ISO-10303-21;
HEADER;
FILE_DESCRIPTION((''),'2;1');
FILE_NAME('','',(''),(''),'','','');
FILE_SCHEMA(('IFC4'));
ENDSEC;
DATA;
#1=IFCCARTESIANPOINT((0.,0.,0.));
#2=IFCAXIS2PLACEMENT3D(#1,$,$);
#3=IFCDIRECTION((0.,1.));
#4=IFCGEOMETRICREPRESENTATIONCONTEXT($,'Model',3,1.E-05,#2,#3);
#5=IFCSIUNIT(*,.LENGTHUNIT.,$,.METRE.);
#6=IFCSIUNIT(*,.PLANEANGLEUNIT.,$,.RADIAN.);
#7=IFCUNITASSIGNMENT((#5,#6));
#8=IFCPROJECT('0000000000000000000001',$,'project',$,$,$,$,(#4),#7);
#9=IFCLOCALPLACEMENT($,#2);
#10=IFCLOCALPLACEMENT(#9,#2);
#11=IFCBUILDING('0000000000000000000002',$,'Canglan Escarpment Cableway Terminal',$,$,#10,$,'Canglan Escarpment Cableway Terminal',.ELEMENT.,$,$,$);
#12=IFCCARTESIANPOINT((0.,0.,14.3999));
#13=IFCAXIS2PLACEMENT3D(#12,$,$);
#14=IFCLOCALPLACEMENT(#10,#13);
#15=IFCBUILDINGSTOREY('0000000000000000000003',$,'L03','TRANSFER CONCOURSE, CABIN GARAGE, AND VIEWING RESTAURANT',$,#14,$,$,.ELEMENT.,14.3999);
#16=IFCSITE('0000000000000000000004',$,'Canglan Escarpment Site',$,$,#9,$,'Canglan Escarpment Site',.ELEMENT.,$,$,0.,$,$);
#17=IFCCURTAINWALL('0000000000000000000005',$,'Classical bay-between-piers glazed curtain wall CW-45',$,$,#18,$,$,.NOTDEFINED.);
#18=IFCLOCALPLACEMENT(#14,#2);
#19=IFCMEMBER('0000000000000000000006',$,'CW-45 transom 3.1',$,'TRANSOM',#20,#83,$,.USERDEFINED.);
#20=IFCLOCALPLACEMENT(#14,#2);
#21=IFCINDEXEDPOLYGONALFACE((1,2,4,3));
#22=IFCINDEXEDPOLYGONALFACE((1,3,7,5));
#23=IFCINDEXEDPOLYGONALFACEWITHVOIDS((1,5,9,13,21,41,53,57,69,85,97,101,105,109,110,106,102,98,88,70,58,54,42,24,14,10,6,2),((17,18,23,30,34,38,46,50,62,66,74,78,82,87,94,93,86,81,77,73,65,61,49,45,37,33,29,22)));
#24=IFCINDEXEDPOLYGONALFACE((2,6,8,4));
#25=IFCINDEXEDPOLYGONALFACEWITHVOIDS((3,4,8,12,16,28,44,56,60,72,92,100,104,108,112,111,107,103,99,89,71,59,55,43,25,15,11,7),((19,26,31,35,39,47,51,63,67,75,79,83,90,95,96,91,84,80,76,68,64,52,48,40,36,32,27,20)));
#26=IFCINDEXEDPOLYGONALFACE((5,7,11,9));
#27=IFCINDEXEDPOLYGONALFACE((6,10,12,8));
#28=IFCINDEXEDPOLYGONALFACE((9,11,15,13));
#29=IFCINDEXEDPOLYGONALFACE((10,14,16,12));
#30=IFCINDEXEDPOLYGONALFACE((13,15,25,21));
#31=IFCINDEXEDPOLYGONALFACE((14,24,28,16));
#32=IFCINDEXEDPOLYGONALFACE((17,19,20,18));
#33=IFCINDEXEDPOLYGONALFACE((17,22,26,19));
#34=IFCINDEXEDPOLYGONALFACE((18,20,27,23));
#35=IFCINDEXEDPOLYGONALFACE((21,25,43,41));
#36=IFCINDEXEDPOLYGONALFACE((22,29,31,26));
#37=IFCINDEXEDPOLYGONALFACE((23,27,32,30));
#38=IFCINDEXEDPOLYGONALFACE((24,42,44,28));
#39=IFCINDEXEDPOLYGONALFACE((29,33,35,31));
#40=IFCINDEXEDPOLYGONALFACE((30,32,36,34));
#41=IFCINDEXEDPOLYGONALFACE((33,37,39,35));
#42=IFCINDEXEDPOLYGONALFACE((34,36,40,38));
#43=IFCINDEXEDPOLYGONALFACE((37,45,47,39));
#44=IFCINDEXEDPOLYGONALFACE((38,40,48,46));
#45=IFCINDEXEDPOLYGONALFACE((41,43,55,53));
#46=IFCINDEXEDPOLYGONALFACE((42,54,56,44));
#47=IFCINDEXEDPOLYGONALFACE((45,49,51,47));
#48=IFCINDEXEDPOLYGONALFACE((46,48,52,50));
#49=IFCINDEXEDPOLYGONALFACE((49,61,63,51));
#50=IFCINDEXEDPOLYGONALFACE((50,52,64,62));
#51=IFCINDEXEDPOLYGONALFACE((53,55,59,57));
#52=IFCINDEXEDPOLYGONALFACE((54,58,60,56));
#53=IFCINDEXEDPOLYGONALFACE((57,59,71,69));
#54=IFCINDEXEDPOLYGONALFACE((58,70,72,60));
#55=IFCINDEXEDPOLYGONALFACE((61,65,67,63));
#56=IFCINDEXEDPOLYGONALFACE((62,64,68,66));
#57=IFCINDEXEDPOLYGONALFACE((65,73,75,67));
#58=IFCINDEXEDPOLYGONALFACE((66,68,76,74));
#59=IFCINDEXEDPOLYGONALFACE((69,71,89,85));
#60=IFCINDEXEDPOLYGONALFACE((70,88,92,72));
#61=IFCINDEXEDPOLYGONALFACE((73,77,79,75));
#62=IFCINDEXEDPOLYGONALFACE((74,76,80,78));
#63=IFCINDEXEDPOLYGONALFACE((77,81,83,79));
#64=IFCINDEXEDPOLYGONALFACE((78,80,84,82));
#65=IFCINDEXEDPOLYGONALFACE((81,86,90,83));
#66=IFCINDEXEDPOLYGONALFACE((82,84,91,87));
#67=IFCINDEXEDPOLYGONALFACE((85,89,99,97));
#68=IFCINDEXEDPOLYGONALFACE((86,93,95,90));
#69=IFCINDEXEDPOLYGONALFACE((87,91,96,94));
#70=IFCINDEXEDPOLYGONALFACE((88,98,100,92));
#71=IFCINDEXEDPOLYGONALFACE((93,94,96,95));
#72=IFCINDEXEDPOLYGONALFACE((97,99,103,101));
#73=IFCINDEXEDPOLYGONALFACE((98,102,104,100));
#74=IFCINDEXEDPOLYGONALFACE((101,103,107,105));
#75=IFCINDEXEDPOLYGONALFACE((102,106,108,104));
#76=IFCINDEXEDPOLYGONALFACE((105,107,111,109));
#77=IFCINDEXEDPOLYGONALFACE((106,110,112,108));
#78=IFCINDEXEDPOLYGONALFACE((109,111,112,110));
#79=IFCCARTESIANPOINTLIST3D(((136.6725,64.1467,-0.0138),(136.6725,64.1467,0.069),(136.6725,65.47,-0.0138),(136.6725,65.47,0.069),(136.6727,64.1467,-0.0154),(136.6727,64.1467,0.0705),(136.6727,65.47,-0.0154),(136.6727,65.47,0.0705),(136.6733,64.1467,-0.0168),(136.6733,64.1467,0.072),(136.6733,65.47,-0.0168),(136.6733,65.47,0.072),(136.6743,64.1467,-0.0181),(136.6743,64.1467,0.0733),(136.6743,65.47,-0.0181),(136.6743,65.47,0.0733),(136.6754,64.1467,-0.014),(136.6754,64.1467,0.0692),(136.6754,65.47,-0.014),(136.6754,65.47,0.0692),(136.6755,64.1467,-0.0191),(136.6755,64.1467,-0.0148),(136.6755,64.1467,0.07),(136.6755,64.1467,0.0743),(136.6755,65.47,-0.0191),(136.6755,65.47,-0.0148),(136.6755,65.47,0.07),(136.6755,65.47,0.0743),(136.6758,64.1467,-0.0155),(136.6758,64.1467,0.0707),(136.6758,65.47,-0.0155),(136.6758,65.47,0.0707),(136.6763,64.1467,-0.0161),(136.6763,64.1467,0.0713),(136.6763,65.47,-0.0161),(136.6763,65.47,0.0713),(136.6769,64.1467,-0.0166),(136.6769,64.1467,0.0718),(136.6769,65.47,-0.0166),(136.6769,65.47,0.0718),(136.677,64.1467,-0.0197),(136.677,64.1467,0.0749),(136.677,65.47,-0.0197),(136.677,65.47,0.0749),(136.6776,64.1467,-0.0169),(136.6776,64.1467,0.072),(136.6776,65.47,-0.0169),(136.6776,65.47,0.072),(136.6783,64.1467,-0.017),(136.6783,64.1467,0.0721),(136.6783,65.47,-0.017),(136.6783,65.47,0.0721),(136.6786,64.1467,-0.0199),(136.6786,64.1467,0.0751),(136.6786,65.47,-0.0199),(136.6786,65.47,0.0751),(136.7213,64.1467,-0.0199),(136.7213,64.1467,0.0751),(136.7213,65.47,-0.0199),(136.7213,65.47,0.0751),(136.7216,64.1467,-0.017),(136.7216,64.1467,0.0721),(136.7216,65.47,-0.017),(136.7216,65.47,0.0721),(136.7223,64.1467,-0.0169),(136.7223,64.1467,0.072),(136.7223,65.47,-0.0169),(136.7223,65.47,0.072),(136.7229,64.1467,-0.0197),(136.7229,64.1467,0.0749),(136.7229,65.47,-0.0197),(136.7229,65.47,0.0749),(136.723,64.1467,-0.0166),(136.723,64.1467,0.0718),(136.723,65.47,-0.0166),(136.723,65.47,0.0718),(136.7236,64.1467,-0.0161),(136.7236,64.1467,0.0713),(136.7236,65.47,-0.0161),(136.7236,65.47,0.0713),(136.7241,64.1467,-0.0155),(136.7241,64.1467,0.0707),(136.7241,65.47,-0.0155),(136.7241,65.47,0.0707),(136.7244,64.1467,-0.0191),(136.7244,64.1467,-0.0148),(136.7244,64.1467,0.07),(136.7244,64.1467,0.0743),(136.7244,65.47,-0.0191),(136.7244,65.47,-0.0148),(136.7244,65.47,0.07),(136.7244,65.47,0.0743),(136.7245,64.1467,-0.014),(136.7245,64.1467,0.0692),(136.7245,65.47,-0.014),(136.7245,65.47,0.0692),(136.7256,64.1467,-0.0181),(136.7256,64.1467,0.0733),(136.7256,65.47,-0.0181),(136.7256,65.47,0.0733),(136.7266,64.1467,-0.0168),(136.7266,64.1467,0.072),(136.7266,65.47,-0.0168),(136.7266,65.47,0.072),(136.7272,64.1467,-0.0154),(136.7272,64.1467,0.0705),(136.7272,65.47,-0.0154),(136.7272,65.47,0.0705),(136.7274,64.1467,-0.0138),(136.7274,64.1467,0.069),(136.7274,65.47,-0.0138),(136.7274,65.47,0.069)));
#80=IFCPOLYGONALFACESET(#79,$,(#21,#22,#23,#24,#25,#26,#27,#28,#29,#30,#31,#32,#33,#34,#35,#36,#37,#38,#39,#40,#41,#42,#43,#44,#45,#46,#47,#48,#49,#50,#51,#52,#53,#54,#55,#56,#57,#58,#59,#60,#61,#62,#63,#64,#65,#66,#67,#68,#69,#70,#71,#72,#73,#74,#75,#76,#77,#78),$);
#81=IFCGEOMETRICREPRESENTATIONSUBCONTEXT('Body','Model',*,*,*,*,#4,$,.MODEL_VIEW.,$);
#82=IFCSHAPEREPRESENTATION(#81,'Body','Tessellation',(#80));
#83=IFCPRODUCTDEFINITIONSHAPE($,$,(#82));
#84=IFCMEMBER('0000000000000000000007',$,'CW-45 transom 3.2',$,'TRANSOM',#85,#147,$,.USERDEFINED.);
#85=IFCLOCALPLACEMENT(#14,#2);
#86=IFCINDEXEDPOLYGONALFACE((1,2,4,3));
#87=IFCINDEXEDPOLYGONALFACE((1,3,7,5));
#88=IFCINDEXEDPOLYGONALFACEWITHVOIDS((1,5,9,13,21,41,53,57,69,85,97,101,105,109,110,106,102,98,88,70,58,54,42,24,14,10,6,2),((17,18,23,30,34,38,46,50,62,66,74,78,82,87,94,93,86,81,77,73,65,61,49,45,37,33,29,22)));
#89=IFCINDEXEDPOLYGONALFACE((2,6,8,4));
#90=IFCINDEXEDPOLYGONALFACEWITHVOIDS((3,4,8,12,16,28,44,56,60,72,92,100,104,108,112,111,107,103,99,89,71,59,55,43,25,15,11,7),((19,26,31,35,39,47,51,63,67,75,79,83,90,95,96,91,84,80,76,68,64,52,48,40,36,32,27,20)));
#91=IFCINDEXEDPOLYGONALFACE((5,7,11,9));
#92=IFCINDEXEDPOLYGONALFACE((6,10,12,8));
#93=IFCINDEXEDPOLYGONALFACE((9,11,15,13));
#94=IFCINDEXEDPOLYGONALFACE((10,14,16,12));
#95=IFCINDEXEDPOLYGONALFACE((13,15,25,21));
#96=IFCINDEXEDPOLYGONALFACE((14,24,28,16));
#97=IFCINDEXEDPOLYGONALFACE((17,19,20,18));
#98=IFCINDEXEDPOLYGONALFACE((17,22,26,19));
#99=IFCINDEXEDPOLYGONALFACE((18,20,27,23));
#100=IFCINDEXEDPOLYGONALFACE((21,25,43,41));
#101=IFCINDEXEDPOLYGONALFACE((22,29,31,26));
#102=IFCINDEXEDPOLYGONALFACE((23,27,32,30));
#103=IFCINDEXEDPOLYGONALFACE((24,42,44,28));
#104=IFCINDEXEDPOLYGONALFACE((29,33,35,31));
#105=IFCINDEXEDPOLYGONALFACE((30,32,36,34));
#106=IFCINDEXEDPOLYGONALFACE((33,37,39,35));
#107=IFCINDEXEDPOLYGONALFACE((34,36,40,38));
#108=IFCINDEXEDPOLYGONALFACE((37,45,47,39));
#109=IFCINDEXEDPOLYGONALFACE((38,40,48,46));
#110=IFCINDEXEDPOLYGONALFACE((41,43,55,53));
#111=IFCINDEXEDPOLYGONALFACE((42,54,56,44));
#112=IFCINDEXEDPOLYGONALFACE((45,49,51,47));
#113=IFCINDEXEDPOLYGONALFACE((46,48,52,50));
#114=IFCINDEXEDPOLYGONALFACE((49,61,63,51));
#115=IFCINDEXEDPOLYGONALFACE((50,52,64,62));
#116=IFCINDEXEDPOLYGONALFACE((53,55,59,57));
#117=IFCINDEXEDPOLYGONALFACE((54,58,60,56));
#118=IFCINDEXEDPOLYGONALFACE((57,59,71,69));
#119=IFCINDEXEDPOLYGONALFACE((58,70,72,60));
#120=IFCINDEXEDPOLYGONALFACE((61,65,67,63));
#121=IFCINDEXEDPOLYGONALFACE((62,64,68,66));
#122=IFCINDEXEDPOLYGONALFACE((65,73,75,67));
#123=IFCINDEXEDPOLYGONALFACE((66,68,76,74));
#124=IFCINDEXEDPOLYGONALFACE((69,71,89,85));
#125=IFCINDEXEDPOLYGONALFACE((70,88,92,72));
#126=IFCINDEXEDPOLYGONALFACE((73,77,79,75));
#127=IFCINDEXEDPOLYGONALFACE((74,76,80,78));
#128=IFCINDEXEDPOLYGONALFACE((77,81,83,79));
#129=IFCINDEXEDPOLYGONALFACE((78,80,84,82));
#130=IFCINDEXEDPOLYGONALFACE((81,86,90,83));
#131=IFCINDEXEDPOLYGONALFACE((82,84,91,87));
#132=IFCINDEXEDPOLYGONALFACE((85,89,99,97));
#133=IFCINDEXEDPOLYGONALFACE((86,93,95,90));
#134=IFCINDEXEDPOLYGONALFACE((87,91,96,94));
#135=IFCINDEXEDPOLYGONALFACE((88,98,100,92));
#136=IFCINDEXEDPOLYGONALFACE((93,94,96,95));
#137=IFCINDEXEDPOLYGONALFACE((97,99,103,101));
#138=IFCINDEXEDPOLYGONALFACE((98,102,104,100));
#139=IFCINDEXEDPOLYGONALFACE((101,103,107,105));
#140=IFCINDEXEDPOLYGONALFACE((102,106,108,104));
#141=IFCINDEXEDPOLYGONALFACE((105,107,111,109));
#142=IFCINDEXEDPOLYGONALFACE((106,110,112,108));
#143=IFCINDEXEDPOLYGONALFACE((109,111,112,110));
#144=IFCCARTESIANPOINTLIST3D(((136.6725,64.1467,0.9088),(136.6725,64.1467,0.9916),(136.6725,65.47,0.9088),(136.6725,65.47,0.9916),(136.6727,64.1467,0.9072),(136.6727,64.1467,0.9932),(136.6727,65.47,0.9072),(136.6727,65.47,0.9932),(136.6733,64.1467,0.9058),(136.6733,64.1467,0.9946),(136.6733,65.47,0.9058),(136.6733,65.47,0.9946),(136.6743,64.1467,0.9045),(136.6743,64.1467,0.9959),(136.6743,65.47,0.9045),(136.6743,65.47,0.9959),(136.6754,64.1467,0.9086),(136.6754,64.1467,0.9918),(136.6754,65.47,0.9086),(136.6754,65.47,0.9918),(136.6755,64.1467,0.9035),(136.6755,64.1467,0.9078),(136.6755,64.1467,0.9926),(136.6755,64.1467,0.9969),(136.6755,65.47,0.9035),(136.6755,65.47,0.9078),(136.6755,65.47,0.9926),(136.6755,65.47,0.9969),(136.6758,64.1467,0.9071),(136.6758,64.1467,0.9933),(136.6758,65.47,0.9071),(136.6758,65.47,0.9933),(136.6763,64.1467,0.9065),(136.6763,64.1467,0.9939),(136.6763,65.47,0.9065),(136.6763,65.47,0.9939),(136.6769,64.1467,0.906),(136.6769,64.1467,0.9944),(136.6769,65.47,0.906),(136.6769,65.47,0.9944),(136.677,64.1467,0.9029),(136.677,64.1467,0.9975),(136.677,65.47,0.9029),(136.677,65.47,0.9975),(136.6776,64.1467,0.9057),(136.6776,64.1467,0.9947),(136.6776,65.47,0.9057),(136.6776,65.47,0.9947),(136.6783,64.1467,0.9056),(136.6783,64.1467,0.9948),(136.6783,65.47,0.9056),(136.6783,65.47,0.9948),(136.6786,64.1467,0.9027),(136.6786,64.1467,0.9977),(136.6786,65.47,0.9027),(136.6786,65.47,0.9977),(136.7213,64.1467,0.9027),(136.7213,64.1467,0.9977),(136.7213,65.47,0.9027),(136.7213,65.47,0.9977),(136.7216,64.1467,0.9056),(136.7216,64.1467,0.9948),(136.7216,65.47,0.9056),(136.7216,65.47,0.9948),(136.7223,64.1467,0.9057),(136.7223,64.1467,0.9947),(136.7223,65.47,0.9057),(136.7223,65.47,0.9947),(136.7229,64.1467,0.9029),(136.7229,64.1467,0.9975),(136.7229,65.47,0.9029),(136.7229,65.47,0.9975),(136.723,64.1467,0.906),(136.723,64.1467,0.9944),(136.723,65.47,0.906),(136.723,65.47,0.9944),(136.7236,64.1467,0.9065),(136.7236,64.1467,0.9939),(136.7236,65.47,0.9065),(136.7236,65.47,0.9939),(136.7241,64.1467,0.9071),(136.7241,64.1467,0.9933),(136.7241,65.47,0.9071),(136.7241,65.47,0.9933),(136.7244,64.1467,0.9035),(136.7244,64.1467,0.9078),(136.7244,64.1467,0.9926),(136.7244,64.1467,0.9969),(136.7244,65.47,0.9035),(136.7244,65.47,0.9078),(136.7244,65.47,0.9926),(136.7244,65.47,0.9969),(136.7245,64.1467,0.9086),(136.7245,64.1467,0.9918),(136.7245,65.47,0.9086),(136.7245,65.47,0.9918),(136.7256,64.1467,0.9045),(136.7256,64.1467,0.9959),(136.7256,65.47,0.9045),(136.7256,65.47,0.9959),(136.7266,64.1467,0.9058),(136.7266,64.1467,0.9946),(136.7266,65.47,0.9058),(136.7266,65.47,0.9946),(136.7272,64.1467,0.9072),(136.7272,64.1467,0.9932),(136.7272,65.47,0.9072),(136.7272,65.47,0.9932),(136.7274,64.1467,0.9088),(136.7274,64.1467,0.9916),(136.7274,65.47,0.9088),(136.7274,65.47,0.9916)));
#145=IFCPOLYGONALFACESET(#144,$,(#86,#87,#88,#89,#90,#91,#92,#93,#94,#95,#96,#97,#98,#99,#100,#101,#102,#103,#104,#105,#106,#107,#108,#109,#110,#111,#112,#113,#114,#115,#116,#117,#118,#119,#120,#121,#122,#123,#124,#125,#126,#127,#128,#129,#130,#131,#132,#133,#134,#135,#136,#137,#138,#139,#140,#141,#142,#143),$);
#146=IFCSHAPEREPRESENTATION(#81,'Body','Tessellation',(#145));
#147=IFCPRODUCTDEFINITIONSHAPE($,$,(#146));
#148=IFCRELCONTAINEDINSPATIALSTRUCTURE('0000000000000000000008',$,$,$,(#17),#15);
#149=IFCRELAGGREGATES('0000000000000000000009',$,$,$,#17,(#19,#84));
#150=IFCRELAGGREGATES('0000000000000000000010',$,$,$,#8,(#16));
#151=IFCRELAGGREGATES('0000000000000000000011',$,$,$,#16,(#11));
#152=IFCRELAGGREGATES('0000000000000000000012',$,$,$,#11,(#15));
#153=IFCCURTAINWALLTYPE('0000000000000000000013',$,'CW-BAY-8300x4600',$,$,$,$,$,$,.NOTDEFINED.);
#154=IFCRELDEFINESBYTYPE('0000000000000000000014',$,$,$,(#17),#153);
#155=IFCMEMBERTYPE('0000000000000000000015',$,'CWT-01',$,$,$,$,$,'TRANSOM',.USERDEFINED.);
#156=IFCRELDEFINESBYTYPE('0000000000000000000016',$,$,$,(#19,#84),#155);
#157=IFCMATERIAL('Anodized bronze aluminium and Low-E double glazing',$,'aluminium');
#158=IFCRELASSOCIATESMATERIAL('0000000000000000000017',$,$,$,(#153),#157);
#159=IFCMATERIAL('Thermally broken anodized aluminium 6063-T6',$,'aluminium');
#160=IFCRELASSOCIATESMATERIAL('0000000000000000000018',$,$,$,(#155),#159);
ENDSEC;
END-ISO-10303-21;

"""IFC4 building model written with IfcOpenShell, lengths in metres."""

from ifc_helpers import new_model, si_unit, direction, frame, origin, origin_2d, place, context, subcontext, project, spatial, hollow_rectangle, extrude, material, material_profile, profile_set, type_object, element, aggregate, save


model = new_model("IFC4")

# Units and contexts
model_context = context("Model", 3, precision=1e-05, world=origin(), true_north=direction((0.0, 1.0)))
body_context = subcontext(model_context, "Body", "Model", "MODEL_VIEW")
ifc_project = project(units=[si_unit("LENGTHUNIT", "METRE"), si_unit("PLANEANGLEUNIT", "RADIAN")], contexts=[model_context])

# Site, building, storey
site_placement = place(None, origin())
site = spatial("IfcSite", under=ifc_project, at=site_placement, Name="Canglan Escarpment Site", LongName="Canglan Escarpment Site", CompositionType="ELEMENT", RefElevation=0.0)
building_placement = place(site_placement, origin())
building = spatial("IfcBuilding", under=site, at=building_placement, Name="Canglan Escarpment Cableway Terminal", LongName="Canglan Escarpment Cableway Terminal", CompositionType="ELEMENT")
storey_placement = place(building_placement, frame((0.0, 0.0, 14.3999)))
storey = spatial("IfcBuildingStorey", under=building, at=storey_placement, Name="L03", Description="TRANSFER CONCOURSE, CABIN GARAGE, AND VIEWING RESTAURANT", CompositionType="ELEMENT", Elevation=14.3999)

# Curtain wall, members
ifc_material_1 = material(Name="Anodized bronze aluminium and Low-E double glazing", Category="aluminium")
curtain_wall_type = type_object("IfcCurtainWallType", Name="CW-BAY-8300x4600", PredefinedType="NOTDEFINED", material=ifc_material_1)
curtain_wall_placement = place(storey_placement, origin())
curtain_wall = element("IfcCurtainWall", 1, at=curtain_wall_placement, inside=storey, type_object=curtain_wall_type, Name="Classical bay-between-piers glazed curtain wall CW-45", PredefinedType="NOTDEFINED")
ifc_material_2 = material(Name="Thermally broken anodized aluminium 6063-T6", Category="aluminium")
ifc_material_profile_1 = material_profile(ifc_material_2, hollow_rectangle(XDim=0.0549, YDim=0.095, WallThickness=0.0029, InnerFilletRadius=0.0029, OuterFilletRadius=0.0061, at=origin_2d()), Name="ALU-TRAN 55x95x3")
ifc_profile_set_1 = profile_set([ifc_material_profile_1], Name="Thermally broken anodized aluminium 6063-T6")
member_type_1 = type_object("IfcMemberType", Name="CWT-01", ElementType="TRANSOM", PredefinedType="USERDEFINED", material=ifc_profile_set_1)
member_1_placement = place(storey_placement, frame((136.7, 64.1467, 0.0276), z_axis=(0.0, 1.0, 0.0), x_axis=(-1.0, 0.0, 0.0)))
member_1 = element("IfcMember", 2, at=member_1_placement, type_object=member_type_1, Name="CW-45 transom 3.1", ObjectType="TRANSOM", PredefinedType="USERDEFINED", context=body_context, shape_type="SweptSolid", body=[
    extrude(hollow_rectangle(XDim=0.0549, YDim=0.095, WallThickness=0.0029, InnerFilletRadius=0.0029, OuterFilletRadius=0.0061, at=origin_2d()), origin(), (0.0, 0.0, 1.0), 1.3232),
])
member_2_placement = place(storey_placement, frame((136.7, 64.1467, 0.9502), z_axis=(0.0, 1.0, 0.0), x_axis=(-1.0, 0.0, 0.0)))
member_2 = element("IfcMember", 3, at=member_2_placement, type_object=member_type_1, Name="CW-45 transom 3.2", ObjectType="TRANSOM", PredefinedType="USERDEFINED", context=body_context, shape_type="SweptSolid", body=[
    extrude(hollow_rectangle(XDim=0.0549, YDim=0.095, WallThickness=0.0029, InnerFilletRadius=0.0029, OuterFilletRadius=0.0061, at=origin_2d()), origin(), (0.0, 0.0, 1.0), 1.3232),
])

aggregate(curtain_wall, [member_1, member_2])

save(model, "model.ifc")
